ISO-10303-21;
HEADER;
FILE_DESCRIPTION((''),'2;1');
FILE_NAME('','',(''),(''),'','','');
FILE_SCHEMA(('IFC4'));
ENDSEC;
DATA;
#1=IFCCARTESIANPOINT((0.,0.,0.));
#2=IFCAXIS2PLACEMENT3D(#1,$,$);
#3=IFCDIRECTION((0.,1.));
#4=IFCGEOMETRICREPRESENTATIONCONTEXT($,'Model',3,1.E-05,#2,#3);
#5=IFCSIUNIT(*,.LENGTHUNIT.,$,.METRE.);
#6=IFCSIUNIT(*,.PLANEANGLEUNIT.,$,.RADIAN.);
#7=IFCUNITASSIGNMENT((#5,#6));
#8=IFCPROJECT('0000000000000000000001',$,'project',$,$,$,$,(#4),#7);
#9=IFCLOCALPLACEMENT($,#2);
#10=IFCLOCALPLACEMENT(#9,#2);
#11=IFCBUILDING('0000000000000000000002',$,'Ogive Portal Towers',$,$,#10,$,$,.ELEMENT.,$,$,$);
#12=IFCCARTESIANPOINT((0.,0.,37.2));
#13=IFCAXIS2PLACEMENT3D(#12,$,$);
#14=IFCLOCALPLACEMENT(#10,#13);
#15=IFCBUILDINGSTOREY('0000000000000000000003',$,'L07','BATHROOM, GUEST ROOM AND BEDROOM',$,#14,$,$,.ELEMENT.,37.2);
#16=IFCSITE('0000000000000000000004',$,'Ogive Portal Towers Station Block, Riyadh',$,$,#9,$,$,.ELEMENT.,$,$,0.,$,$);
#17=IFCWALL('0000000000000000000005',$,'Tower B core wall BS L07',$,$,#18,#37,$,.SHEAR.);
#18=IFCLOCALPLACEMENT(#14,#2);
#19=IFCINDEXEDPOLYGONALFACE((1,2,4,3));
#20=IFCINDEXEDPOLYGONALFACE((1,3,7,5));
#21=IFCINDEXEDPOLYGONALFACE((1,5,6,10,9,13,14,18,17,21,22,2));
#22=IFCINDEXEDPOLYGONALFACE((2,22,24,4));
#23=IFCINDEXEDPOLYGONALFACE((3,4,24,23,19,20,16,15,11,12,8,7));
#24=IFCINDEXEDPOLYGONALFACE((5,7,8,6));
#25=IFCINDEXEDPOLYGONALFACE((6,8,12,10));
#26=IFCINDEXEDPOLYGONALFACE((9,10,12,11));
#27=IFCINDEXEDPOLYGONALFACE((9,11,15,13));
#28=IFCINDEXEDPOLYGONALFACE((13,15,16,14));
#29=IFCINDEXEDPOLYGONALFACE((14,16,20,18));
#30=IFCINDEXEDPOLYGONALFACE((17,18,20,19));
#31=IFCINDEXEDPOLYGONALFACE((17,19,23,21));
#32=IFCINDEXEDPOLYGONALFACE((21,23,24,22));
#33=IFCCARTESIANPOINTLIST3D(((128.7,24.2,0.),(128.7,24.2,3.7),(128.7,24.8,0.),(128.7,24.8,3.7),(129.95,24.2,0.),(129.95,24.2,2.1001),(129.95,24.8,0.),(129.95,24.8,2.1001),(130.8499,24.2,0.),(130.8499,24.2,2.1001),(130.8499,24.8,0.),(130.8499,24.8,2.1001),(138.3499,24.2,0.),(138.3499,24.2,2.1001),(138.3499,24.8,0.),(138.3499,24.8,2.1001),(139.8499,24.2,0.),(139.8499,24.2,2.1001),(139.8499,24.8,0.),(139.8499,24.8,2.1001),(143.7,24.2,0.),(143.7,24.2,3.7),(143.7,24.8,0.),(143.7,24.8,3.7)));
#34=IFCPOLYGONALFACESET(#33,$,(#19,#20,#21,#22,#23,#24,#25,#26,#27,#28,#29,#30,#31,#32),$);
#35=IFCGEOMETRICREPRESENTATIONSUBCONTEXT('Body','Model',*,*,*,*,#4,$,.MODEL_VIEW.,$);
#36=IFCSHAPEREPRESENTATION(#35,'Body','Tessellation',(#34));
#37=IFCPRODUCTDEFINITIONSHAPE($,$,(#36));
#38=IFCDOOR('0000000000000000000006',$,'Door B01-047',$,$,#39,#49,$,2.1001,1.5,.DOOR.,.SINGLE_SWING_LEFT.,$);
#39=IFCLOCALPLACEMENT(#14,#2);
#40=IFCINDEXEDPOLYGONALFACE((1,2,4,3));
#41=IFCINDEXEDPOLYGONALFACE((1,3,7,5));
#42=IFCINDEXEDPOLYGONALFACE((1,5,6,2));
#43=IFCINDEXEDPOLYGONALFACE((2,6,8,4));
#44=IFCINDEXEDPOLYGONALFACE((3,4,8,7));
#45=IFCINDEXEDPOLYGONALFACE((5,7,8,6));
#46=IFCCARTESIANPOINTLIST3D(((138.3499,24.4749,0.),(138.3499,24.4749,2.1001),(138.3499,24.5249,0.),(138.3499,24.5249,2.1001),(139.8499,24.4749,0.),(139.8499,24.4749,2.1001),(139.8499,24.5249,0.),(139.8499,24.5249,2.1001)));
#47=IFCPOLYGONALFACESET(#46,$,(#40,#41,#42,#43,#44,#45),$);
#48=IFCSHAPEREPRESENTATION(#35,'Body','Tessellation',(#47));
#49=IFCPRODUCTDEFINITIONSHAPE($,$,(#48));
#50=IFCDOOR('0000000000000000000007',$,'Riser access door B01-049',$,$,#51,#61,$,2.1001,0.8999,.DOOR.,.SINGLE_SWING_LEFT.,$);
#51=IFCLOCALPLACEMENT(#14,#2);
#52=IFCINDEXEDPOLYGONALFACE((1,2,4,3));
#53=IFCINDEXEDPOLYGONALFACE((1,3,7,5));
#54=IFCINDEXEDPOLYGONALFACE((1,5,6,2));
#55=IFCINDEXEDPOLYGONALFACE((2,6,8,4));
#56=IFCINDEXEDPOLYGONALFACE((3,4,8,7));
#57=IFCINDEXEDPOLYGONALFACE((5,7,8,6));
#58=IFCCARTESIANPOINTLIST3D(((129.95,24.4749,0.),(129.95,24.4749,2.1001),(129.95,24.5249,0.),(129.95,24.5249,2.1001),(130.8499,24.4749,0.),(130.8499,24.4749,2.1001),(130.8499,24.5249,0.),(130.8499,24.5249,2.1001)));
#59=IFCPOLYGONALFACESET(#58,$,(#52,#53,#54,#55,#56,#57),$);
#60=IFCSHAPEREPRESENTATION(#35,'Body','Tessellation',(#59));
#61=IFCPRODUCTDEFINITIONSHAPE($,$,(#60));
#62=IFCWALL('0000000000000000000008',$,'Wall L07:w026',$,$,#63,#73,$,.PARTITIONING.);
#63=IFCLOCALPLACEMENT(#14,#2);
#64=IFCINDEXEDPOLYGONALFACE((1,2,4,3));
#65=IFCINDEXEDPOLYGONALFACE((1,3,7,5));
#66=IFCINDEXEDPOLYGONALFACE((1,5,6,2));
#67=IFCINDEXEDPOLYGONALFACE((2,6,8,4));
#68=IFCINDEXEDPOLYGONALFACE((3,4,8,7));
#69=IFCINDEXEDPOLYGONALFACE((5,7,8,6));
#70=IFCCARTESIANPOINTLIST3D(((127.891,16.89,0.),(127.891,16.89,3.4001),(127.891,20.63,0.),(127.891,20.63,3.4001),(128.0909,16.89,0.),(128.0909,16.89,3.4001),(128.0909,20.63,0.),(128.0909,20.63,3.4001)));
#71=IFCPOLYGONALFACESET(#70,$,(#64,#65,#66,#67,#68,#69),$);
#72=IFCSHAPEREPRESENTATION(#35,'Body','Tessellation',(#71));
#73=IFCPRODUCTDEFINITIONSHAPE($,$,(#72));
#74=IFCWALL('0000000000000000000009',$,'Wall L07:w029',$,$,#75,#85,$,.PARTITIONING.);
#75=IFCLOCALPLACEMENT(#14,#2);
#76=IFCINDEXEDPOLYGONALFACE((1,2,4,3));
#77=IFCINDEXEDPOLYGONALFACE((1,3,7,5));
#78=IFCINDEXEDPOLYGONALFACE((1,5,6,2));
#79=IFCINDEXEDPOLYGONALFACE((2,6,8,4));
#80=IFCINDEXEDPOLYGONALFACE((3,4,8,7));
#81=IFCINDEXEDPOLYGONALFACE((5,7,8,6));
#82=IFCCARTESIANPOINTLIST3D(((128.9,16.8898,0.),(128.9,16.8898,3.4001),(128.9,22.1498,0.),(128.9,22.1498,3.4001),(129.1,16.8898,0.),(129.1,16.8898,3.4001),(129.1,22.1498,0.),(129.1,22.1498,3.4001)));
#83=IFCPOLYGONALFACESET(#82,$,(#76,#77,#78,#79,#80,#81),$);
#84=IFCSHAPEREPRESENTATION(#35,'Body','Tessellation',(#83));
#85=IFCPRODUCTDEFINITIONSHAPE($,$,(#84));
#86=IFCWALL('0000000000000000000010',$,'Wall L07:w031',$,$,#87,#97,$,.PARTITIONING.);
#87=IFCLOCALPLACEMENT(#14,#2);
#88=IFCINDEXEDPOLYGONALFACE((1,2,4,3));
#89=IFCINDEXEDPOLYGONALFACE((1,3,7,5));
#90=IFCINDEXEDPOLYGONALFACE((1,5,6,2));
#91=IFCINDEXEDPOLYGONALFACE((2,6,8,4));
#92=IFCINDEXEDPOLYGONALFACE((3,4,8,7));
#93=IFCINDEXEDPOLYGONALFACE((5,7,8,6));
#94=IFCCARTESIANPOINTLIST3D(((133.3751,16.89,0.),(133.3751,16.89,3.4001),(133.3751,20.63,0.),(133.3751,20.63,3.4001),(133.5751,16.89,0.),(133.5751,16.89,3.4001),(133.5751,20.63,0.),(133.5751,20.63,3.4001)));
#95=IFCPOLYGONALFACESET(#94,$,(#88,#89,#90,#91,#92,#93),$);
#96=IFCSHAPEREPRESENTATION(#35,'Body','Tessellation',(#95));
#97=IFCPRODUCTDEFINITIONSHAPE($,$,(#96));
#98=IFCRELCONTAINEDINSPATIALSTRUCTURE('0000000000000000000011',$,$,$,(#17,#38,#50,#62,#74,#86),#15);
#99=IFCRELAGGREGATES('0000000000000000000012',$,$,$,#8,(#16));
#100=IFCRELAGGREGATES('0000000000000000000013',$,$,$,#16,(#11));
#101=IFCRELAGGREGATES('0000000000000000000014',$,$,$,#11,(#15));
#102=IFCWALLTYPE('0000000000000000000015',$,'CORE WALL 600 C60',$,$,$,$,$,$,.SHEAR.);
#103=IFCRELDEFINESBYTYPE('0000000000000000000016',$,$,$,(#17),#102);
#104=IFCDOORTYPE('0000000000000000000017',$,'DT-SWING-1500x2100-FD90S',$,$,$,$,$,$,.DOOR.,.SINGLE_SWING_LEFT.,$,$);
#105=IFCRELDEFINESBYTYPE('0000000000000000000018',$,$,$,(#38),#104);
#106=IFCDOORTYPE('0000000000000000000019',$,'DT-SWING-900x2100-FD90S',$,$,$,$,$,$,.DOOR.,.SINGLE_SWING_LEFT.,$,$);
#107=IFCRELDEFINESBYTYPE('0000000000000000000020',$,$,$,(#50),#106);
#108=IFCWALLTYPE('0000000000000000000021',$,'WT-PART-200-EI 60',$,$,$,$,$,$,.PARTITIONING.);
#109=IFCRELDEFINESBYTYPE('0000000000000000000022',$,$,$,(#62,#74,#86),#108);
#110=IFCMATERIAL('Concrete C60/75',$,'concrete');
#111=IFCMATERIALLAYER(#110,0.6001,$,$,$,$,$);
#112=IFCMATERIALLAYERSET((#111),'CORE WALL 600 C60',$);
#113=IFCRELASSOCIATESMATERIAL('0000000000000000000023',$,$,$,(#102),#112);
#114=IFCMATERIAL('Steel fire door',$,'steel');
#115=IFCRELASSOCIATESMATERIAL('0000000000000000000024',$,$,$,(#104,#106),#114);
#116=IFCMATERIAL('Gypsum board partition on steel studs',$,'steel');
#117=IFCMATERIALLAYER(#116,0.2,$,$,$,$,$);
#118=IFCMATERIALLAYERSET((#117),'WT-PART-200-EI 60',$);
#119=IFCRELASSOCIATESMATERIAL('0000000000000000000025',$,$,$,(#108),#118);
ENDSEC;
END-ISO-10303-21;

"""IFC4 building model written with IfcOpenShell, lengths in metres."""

from ifc_helpers import new_model, si_unit, direction, frame, frame_2d, origin, place, context, subcontext, project, spatial, rectangle, extrude, material, layer, layer_set, type_object, element, fill, save


model = new_model("IFC4")

# Units and contexts
model_context = context("Model", 3, precision=1e-05, world=origin(), true_north=direction((0.0, 1.0)))
body_context = subcontext(model_context, "Body", "Model", "MODEL_VIEW")
ifc_project = project(units=[si_unit("LENGTHUNIT", "METRE"), si_unit("PLANEANGLEUNIT", "RADIAN")], contexts=[model_context])

# Site, building, storey
site_placement = place(None, origin())
site = spatial("IfcSite", under=ifc_project, at=site_placement, Name="Ogive Portal Towers Station Block, Riyadh", CompositionType="ELEMENT", RefElevation=0.0)
building_placement = place(site_placement, origin())
building = spatial("IfcBuilding", under=site, at=building_placement, Name="Ogive Portal Towers", CompositionType="ELEMENT")
storey_placement = place(building_placement, frame((0.0, 0.0, 37.2)))
storey = spatial("IfcBuildingStorey", under=building, at=storey_placement, Name="L07", Description="BATHROOM, GUEST ROOM AND BEDROOM", CompositionType="ELEMENT", Elevation=37.2)

# Shared definitions
ifc_material_1 = material(Name="Concrete C60/75", Category="concrete")

# Shared definitions
ifc_material_2 = material(Name="Steel fire door", Category="steel")

# Shared definitions
ifc_layer_1 = layer(ifc_material_1, 0.6001)
ifc_layer_set_1 = layer_set([ifc_layer_1], Name="CORE WALL 600 C60")
wall_type_1 = type_object("IfcWallType", Name="CORE WALL 600 C60", PredefinedType="SHEAR", material=ifc_layer_set_1)

# Wall, openings, doors
wall_1_placement = place(storey_placement, frame((128.7, 24.5, 0.0), z_axis=(0.0, 0.0, 1.0), x_axis=(1.0, 0.0, 0.0)))
wall_1 = element("IfcWall", 1, at=wall_1_placement, inside=storey, type_object=wall_type_1, Name="Tower B core wall BS L07", PredefinedType="SHEAR", context=body_context, shape_type="SweptSolid", body=[
    extrude(rectangle(XDim=15.0, YDim=0.6001, at=frame_2d((7.5, 0.0))), origin(), (0.0, 0.0, 1.0), 3.7),
])
opening_1_placement = place(wall_1_placement, frame((9.6499, 0.0, 0.0)))
opening_1 = element("IfcOpeningElement", 2, at=opening_1_placement, cuts=wall_1, PredefinedType="OPENING", context=body_context, shape_type="SweptSolid", body=[
    extrude(rectangle(XDim=1.5, YDim=2.1001, at=frame_2d((0.75, 1.05))), frame((0.0, 0.3101, 0.0), z_axis=(0.0, -1.0, 0.0), x_axis=(1.0, 0.0, 0.0)), (0.0, 0.0, 1.0), 0.6201),
])
opening_2_placement = place(wall_1_placement, frame((1.25, 0.0, 0.0)))
opening_2 = element("IfcOpeningElement", 3, at=opening_2_placement, cuts=wall_1, PredefinedType="OPENING", context=body_context, shape_type="SweptSolid", body=[
    extrude(rectangle(XDim=0.8999, YDim=2.1001, at=frame_2d((0.45, 1.05))), frame((0.0, 0.3101, 0.0), z_axis=(0.0, -1.0, 0.0), x_axis=(1.0, 0.0, 0.0)), (0.0, 0.0, 1.0), 0.6201),
])
door_type_1 = type_object("IfcDoorType", Name="DT-SWING-1500x2100-FD90S", OperationType="SINGLE_SWING_LEFT", PredefinedType="DOOR", material=ifc_material_2)
door_1_placement = place(opening_1_placement, origin())
door_1 = element("IfcDoor", 4, at=door_1_placement, inside=storey, type_object=door_type_1, Name="Door B01-047", OperationType="SINGLE_SWING_LEFT", OverallHeight=2.1001, OverallWidth=1.5, PredefinedType="DOOR", context=body_context, shape_type="SweptSolid", body=[
    extrude(rectangle(XDim=1.5, YDim=2.1001, at=frame_2d((0.75, 1.05))), frame((0.0, 0.0249, 0.0), z_axis=(0.0, -1.0, 0.0), x_axis=(1.0, 0.0, 0.0)), (0.0, 0.0, 1.0), 0.05),
])
fill(opening_1, door_1)
door_type_2 = type_object("IfcDoorType", Name="DT-SWING-900x2100-FD90S", OperationType="SINGLE_SWING_LEFT", PredefinedType="DOOR", material=ifc_material_2)
door_2_placement = place(opening_2_placement, origin())
door_2 = element("IfcDoor", 5, at=door_2_placement, inside=storey, type_object=door_type_2, Name="Riser access door B01-049", OperationType="SINGLE_SWING_LEFT", OverallHeight=2.1001, OverallWidth=0.8999, PredefinedType="DOOR", context=body_context, shape_type="SweptSolid", body=[
    extrude(rectangle(XDim=0.8999, YDim=2.1001, at=frame_2d((0.45, 1.05))), frame((0.0, 0.0249, 0.0), z_axis=(0.0, -1.0, 0.0), x_axis=(1.0, 0.0, 0.0)), (0.0, 0.0, 1.0), 0.05),
])
fill(opening_2, door_2)

# Walls
ifc_material_3 = material(Name="Gypsum board partition on steel studs", Category="steel")
ifc_layer_2 = layer(ifc_material_3, 0.2)
ifc_layer_set_2 = layer_set([ifc_layer_2], Name="WT-PART-200-EI 60")
wall_type_2 = type_object("IfcWallType", Name="WT-PART-200-EI 60", PredefinedType="PARTITIONING", material=ifc_layer_set_2)
wall_2_placement = place(storey_placement, frame((127.991, 16.8899, 0.0), z_axis=(0.0, 0.0, 1.0), x_axis=(0.0, 1.0, 0.0)))
element("IfcWall", 6, at=wall_2_placement, inside=storey, type_object=wall_type_2, Name="Wall L07:w026", PredefinedType="PARTITIONING", context=body_context, shape_type="SweptSolid", body=[
    extrude(rectangle(XDim=3.74, YDim=0.2, at=frame_2d((1.8701, 0.0))), origin(), (0.0, 0.0, 1.0), 3.4001),
])
wall_3_placement = place(storey_placement, frame((129.0, 16.8899, 0.0), z_axis=(0.0, 0.0, 1.0), x_axis=(0.0, 1.0, 0.0)))
element("IfcWall", 7, at=wall_3_placement, inside=storey, type_object=wall_type_2, Name="Wall L07:w029", PredefinedType="PARTITIONING", context=body_context, shape_type="SweptSolid", body=[
    extrude(rectangle(XDim=5.26, YDim=0.2, at=frame_2d((2.6299, 0.0))), origin(), (0.0, 0.0, 1.0), 3.4001),
])
wall_4_placement = place(storey_placement, frame((133.4751, 16.8899, 0.0), z_axis=(0.0, 0.0, 1.0), x_axis=(0.0, 1.0, 0.0)))
element("IfcWall", 8, at=wall_4_placement, inside=storey, type_object=wall_type_2, Name="Wall L07:w031", PredefinedType="PARTITIONING", context=body_context, shape_type="SweptSolid", body=[
    extrude(rectangle(XDim=3.74, YDim=0.2, at=frame_2d((1.8701, 0.0))), origin(), (0.0, 0.0, 1.0), 3.4001),
])

save(model, "model.ifc")
